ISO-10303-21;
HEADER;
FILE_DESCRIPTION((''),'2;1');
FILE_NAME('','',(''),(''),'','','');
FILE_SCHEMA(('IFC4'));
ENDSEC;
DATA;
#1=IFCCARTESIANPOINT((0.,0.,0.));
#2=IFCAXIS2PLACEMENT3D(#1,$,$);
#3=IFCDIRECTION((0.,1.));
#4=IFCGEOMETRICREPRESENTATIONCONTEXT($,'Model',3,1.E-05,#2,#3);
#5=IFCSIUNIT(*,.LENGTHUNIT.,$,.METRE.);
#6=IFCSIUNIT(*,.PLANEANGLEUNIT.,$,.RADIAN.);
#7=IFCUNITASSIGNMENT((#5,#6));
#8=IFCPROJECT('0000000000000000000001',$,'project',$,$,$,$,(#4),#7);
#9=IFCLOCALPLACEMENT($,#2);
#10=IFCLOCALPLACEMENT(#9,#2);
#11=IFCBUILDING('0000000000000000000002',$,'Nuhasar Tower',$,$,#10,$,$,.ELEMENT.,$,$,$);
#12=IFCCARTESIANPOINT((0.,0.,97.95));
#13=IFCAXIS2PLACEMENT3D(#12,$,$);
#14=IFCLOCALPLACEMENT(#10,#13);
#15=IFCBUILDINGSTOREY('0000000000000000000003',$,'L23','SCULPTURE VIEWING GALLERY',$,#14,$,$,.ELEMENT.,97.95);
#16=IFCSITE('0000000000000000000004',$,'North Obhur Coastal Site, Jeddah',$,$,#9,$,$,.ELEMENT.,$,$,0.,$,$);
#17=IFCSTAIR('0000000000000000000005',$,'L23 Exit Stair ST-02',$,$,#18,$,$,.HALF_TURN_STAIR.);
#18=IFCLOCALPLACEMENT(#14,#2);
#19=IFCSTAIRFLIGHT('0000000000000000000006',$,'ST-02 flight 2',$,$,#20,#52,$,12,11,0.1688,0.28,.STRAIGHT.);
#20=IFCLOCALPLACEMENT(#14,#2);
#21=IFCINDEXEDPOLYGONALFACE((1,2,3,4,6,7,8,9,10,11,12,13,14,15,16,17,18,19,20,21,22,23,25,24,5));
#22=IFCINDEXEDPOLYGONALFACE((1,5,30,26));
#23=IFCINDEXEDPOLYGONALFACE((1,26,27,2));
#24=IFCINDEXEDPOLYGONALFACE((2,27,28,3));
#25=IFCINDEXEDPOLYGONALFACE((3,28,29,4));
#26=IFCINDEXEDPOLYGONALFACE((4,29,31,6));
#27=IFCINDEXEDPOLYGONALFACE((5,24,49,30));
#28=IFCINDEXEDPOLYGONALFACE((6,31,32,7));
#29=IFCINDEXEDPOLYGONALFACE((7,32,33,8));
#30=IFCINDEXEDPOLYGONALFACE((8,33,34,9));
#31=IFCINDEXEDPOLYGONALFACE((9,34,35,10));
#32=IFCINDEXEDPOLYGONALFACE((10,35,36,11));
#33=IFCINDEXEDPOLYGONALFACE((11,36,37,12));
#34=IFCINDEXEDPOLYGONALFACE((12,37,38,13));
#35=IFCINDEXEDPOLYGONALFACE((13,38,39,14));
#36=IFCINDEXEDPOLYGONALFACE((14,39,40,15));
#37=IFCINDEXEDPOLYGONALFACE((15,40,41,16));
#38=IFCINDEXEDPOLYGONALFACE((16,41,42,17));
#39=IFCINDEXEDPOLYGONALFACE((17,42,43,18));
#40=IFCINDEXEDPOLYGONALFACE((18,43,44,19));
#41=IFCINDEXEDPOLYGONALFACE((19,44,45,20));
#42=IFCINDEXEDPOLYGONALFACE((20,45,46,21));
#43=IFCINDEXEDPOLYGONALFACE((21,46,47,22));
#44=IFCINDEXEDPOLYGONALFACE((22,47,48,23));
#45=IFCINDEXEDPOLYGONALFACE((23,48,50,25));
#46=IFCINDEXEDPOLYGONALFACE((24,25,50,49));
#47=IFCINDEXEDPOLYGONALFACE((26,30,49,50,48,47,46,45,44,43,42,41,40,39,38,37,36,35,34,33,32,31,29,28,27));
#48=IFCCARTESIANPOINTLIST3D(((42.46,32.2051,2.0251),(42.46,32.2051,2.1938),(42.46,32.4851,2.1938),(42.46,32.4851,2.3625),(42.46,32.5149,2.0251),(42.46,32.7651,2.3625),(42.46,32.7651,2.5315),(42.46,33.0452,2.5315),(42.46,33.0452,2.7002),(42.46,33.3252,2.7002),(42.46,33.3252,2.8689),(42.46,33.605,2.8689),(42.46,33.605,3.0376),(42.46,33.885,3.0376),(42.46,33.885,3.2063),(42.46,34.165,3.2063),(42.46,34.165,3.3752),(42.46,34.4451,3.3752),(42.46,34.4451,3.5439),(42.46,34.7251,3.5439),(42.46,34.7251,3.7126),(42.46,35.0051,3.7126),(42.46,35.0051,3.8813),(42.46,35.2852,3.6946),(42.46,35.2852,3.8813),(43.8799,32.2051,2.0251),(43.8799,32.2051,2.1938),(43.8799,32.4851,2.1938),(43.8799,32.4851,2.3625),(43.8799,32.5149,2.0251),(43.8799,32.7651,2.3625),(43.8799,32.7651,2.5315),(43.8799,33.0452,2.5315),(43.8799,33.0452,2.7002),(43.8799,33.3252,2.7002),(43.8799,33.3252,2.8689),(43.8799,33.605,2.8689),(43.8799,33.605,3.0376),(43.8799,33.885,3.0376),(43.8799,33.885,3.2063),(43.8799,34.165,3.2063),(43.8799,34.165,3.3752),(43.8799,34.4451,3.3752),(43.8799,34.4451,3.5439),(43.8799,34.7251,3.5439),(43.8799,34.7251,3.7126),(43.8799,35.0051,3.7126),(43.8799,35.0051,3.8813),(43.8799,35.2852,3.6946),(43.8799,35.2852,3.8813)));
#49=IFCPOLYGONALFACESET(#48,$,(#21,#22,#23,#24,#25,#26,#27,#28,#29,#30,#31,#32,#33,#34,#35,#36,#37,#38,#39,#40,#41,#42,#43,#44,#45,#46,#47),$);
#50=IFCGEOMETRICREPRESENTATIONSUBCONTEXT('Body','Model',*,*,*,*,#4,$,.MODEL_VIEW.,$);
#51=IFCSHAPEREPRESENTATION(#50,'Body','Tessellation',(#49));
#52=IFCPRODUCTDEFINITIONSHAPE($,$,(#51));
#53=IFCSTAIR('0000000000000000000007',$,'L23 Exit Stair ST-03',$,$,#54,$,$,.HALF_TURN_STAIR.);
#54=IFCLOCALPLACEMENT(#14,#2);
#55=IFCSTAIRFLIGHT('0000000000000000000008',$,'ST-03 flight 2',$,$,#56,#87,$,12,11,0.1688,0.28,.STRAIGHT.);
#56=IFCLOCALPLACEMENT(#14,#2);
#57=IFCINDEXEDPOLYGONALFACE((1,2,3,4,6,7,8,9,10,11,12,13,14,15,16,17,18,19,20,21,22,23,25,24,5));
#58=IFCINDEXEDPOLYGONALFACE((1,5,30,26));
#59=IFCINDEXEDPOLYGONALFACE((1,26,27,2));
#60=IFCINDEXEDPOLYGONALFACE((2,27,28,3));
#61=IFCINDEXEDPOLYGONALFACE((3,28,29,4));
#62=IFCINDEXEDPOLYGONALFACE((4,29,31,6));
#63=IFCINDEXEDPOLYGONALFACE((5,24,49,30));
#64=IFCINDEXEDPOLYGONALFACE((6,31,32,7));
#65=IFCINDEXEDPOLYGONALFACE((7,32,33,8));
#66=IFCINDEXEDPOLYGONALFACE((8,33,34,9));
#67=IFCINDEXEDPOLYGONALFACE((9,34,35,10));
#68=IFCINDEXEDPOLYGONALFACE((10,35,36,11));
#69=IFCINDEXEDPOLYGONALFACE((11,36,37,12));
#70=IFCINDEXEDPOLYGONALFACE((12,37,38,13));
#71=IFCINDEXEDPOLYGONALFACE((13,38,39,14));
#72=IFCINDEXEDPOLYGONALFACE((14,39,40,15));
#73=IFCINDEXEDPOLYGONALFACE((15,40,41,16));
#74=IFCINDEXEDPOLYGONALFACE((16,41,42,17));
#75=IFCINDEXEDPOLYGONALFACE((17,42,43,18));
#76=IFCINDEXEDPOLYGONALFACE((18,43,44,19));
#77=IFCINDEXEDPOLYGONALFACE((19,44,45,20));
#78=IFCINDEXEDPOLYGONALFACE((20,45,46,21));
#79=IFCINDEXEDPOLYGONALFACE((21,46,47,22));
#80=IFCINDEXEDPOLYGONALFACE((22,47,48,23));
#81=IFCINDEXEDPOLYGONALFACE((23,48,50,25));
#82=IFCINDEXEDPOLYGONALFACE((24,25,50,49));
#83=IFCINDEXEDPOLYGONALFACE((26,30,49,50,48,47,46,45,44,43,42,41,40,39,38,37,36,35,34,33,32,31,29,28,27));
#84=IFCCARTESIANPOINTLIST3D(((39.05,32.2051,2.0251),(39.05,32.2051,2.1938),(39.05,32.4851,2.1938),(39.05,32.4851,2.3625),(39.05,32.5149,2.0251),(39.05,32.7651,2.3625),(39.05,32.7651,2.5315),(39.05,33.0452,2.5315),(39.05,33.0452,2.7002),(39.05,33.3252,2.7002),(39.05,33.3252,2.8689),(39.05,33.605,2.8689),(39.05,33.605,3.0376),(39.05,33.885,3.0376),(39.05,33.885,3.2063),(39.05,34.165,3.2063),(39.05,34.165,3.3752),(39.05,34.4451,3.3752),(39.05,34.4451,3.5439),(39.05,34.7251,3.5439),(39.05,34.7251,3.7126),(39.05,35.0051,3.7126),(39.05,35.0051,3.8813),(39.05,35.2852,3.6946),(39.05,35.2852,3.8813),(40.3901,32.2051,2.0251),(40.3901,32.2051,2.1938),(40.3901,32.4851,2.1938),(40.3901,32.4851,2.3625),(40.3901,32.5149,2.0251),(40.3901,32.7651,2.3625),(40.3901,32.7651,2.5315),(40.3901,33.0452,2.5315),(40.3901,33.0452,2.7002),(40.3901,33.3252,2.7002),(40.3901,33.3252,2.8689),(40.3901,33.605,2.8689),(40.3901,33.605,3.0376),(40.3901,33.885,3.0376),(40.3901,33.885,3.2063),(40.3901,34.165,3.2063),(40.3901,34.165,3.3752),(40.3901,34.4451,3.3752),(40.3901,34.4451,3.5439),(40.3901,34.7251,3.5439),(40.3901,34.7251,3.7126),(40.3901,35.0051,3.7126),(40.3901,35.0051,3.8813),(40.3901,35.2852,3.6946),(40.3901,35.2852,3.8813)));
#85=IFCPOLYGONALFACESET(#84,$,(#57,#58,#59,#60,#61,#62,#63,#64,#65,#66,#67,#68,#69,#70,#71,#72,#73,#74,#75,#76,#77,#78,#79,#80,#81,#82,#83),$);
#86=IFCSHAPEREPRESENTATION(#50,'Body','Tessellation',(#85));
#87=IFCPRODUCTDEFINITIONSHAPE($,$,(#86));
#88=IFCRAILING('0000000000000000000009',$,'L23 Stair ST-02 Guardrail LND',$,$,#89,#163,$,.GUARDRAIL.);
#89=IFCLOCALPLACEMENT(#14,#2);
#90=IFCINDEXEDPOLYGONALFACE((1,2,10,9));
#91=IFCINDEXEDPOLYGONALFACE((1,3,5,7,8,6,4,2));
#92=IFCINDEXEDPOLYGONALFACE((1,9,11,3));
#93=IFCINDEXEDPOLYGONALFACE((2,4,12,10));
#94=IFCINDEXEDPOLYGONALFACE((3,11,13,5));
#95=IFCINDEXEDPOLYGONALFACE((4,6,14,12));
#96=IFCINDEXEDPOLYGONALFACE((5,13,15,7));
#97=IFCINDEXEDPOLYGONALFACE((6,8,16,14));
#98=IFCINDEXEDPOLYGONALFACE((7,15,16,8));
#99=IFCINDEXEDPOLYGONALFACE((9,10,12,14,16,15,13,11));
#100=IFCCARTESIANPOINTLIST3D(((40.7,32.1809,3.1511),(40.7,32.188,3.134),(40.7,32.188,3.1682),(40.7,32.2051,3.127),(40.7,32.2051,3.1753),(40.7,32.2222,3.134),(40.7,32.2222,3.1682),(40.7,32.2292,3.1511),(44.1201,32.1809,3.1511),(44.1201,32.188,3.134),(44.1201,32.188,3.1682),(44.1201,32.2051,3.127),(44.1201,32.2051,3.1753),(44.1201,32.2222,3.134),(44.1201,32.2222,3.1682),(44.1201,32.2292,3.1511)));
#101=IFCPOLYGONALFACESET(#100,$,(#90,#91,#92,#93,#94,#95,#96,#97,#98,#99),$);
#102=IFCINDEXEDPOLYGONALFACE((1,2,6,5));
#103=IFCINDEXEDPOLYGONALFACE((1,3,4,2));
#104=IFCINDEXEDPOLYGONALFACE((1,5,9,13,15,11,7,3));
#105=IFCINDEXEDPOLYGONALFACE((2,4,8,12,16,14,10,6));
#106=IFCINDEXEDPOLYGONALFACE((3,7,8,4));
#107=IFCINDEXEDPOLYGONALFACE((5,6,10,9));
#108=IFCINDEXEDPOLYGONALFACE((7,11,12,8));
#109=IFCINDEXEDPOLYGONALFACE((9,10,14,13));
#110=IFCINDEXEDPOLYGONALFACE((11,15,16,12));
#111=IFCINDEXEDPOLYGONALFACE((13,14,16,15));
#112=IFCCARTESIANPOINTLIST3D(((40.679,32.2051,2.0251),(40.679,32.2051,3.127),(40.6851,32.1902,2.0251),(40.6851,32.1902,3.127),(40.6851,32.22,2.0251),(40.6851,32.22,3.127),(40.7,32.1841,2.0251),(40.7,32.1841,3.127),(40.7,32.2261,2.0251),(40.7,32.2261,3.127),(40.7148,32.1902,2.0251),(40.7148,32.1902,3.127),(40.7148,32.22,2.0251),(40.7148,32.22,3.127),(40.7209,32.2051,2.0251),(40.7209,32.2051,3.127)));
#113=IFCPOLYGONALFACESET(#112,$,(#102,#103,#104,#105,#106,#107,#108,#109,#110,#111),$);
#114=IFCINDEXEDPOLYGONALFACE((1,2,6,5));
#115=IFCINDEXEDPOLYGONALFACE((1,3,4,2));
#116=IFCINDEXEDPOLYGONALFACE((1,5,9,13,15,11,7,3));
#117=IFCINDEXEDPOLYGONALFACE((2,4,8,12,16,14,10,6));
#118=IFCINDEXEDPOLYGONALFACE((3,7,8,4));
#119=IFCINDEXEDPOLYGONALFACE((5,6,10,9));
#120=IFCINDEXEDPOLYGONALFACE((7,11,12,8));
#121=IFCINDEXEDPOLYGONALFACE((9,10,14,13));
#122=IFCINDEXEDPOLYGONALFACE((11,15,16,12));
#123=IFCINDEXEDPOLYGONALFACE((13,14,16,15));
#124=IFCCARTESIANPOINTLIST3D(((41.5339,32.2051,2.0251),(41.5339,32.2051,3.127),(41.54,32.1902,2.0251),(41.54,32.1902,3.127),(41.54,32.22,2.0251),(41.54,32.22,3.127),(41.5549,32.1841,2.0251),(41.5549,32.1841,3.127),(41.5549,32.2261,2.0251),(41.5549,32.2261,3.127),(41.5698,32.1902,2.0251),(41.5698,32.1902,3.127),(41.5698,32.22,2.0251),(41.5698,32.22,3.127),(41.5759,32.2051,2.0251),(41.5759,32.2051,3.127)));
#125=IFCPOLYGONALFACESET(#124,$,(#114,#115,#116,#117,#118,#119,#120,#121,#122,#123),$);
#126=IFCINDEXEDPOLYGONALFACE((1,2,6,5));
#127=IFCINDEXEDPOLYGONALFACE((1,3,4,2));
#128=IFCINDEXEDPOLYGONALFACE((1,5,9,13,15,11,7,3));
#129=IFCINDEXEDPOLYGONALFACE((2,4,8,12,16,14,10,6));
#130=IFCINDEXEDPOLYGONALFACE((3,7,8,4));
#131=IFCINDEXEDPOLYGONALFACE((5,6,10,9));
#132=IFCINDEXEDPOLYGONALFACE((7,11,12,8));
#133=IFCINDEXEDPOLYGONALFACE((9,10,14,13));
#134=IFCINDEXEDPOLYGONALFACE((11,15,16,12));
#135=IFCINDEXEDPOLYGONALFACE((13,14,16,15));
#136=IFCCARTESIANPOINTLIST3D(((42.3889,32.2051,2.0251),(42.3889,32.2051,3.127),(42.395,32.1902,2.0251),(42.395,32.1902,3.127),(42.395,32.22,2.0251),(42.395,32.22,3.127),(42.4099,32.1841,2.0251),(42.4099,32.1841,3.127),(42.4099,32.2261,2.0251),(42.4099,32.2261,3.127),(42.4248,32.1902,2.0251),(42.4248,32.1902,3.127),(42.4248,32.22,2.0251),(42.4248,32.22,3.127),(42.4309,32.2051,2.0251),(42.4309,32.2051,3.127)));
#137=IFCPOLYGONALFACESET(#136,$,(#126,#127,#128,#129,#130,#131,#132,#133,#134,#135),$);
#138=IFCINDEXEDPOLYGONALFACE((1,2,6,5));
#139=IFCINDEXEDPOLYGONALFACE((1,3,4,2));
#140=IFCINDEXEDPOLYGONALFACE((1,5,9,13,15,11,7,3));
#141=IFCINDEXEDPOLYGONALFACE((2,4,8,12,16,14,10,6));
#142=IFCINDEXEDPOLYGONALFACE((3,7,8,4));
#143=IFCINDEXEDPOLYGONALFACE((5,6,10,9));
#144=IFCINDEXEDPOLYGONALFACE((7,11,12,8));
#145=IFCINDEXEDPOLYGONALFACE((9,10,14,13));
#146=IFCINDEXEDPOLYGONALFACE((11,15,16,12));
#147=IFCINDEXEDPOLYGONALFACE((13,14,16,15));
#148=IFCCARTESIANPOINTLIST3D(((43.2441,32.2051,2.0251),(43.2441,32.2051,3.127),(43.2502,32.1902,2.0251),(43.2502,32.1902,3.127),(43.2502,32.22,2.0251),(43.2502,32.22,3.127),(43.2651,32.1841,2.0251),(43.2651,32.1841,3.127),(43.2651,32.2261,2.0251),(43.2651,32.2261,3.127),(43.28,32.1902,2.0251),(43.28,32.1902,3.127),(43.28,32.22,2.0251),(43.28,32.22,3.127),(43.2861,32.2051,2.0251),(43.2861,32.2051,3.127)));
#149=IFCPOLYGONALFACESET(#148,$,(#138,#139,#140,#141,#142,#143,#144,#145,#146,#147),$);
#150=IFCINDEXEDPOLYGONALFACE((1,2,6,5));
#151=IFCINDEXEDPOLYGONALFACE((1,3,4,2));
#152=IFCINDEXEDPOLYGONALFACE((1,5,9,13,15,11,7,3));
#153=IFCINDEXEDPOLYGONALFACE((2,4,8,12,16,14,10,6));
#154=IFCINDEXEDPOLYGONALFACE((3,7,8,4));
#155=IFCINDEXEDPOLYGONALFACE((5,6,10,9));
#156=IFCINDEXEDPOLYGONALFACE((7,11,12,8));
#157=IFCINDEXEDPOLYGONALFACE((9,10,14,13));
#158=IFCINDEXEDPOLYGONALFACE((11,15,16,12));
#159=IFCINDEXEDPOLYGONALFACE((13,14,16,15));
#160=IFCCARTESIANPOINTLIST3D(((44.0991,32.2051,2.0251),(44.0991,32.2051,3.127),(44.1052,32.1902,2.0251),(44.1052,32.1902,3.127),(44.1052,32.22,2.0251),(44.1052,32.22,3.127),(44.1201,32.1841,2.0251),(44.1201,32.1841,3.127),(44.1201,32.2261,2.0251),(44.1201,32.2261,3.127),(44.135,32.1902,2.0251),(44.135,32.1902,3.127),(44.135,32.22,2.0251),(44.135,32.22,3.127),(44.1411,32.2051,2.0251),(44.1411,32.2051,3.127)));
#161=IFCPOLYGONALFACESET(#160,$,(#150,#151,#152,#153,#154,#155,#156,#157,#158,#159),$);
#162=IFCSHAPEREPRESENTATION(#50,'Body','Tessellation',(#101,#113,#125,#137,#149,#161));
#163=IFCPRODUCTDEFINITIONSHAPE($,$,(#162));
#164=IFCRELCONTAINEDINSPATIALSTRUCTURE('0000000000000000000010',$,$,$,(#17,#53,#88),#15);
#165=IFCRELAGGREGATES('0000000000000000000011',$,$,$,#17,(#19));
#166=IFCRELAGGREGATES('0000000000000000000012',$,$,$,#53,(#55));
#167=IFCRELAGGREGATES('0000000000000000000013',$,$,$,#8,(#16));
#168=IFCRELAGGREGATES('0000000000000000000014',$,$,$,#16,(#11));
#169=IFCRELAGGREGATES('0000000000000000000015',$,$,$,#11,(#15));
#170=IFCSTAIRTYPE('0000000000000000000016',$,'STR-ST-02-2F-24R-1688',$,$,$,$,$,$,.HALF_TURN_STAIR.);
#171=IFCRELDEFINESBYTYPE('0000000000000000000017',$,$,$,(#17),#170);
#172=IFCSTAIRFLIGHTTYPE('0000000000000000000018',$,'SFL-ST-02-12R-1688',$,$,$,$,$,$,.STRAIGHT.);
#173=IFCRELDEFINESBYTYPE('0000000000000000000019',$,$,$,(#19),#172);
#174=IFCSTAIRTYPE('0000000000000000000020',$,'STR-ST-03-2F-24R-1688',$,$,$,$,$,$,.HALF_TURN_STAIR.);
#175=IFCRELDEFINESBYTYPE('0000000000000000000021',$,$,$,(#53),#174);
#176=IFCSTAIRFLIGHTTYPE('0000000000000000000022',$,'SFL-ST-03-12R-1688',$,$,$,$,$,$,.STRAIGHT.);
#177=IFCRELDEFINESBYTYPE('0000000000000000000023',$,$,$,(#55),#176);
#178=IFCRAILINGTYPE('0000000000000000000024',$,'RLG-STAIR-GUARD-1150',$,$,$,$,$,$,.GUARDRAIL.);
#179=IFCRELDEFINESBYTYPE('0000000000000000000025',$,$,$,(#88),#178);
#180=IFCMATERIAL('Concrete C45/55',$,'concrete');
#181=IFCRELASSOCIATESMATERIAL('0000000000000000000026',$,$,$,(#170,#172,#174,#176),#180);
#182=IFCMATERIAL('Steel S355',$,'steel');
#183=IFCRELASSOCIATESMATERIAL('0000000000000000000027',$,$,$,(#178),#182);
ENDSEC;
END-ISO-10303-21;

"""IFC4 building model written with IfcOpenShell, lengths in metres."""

from ifc_helpers import new_model, si_unit, direction, frame, origin, place, context, subcontext, project, spatial, polyline, outline, extrude, material, type_object, element, aggregate, save


model = new_model("IFC4")

# Units and contexts
model_context = context("Model", 3, precision=1e-05, world=origin(), true_north=direction((0.0, 1.0)))
body_context = subcontext(model_context, "Body", "Model", "MODEL_VIEW")
ifc_project = project(units=[si_unit("LENGTHUNIT", "METRE"), si_unit("PLANEANGLEUNIT", "RADIAN")], contexts=[model_context])

# Site, building, storey
site_placement = place(None, origin())
site = spatial("IfcSite", under=ifc_project, at=site_placement, Name="North Obhur Coastal Site, Jeddah", CompositionType="ELEMENT", RefElevation=0.0)
building_placement = place(site_placement, origin())
building = spatial("IfcBuilding", under=site, at=building_placement, Name="Nuhasar Tower", CompositionType="ELEMENT")
storey_placement = place(building_placement, frame((0.0, 0.0, 97.95)))
storey = spatial("IfcBuildingStorey", under=building, at=storey_placement, Name="L23", Description="SCULPTURE VIEWING GALLERY", CompositionType="ELEMENT", Elevation=97.95)

# Shared definitions
ifc_material_1 = material(Name="Concrete C45/55", Category="concrete")

# Shared definitions
ifc_material_2 = material(Name="Steel S355", Category="steel")

# Stairs, stair flights
stair_type_1 = type_object("IfcStairType", Name="STR-ST-02-2F-24R-1688", PredefinedType="HALF_TURN_STAIR", material=ifc_material_1)
stair_1_placement = place(storey_placement, origin())
stair_1 = element("IfcStair", 1, at=stair_1_placement, inside=storey, type_object=stair_type_1, Name="L23 Exit Stair ST-02", PredefinedType="HALF_TURN_STAIR")
stair_flight_type_1 = type_object("IfcStairFlightType", Name="SFL-ST-02-12R-1688", PredefinedType="STRAIGHT", material=ifc_material_1)
stair_flight_1_placement = place(storey_placement, frame((43.1699, 32.2051, 2.0251), z_axis=(0.0, 0.0, 1.0), x_axis=(0.0, 1.0, 0.0)))
stair_flight_1 = element("IfcStairFlight", 2, at=stair_flight_1_placement, type_object=stair_flight_type_1, Name="ST-02 flight 2", NumberOfRisers=12, NumberOfTreads=11, PredefinedType="STRAIGHT", RiserHeight=0.1688, TreadLength=0.28, context=body_context, shape_type="SweptSolid", body=[
    extrude(outline(polyline([(0.0, 0.0), (0.0, 0.1687), (0.28, 0.1687), (0.28, 0.3374), (0.5601, 0.3374), (0.5601, 0.5063), (0.8401, 0.5063), (0.8401, 0.675), (1.1201, 0.675), (1.1201, 0.8438), (1.3999, 0.8438), (1.3999, 1.0125), (1.6799, 1.0125), (1.6799, 1.1812), (1.96, 1.1812), (1.96, 1.3501), (2.24, 1.3501), (2.24, 1.5188), (2.52, 1.5188), (2.52, 1.6875), (2.8, 1.6875), (2.8, 1.8562), (3.0801, 1.8562), (3.0801, 2.0249), (3.0801, 1.6694), (0.3098, 0.0), (0.0, 0.0)])), frame((0.0, 0.71, 0.0), z_axis=(0.0, -1.0, 0.0), x_axis=(1.0, 0.0, 0.0)), (0.0, 0.0, 1.0), 1.4199),
])
aggregate(stair_1, [stair_flight_1])
stair_type_2 = type_object("IfcStairType", Name="STR-ST-03-2F-24R-1688", PredefinedType="HALF_TURN_STAIR", material=ifc_material_1)
stair_2_placement = place(storey_placement, origin())
stair_2 = element("IfcStair", 3, at=stair_2_placement, inside=storey, type_object=stair_type_2, Name="L23 Exit Stair ST-03", PredefinedType="HALF_TURN_STAIR")
stair_flight_type_2 = type_object("IfcStairFlightType", Name="SFL-ST-03-12R-1688", PredefinedType="STRAIGHT", material=ifc_material_1)
stair_flight_2_placement = place(storey_placement, frame((39.72, 32.2051, 2.0251), z_axis=(0.0, 0.0, 1.0), x_axis=(0.0, 1.0, 0.0)))
stair_flight_2 = element("IfcStairFlight", 4, at=stair_flight_2_placement, type_object=stair_flight_type_2, Name="ST-03 flight 2", NumberOfRisers=12, NumberOfTreads=11, PredefinedType="STRAIGHT", RiserHeight=0.1688, TreadLength=0.28, context=body_context, shape_type="SweptSolid", body=[
    extrude(outline(polyline([(0.0, 0.0), (0.0, 0.1687), (0.28, 0.1687), (0.28, 0.3374), (0.5601, 0.3374), (0.5601, 0.5063), (0.8401, 0.5063), (0.8401, 0.675), (1.1201, 0.675), (1.1201, 0.8438), (1.3999, 0.8438), (1.3999, 1.0125), (1.6799, 1.0125), (1.6799, 1.1812), (1.96, 1.1812), (1.96, 1.3501), (2.24, 1.3501), (2.24, 1.5188), (2.52, 1.5188), (2.52, 1.6875), (2.8, 1.6875), (2.8, 1.8562), (3.0801, 1.8562), (3.0801, 2.0249), (3.0801, 1.6694), (0.3098, 0.0), (0.0, 0.0)])), frame((0.0, 0.6699, 0.0), z_axis=(0.0, -1.0, 0.0), x_axis=(1.0, 0.0, 0.0)), (0.0, 0.0, 1.0), 1.3401),
])
aggregate(stair_2, [stair_flight_2])

# Railing
railing_type = type_object("IfcRailingType", Name="RLG-STAIR-GUARD-1150", PredefinedType="GUARDRAIL", material=ifc_material_2)
railing_placement = place(storey_placement, frame((40.7, 32.2051, 2.0251)))
element("IfcRailing", 5, at=railing_placement, inside=storey, type_object=railing_type, Name="L23 Stair ST-02 Guardrail LND", PredefinedType="GUARDRAIL", context=body_context, shape_type="SweptSolid", body=[
    extrude(outline(polyline([(0.0242, 0.0), (0.0171, 0.0171), (0.0, 0.0242), (-0.0171, 0.0171), (-0.0242, 0.0), (-0.0171, -0.0171), (0.0, -0.0242), (0.0171, -0.0171), (0.0242, 0.0)])), frame((0.0, 0.0, 1.126), z_axis=(1.0, 0.0, 0.0), x_axis=(0.0, 1.0, 0.0)), (0.0, 0.0, 1.0), 3.4202),
    extrude(outline(polyline([(0.021, 0.0), (0.0149, 0.0149), (0.0, 0.021), (-0.0149, 0.0149), (-0.021, 0.0), (-0.0149, -0.0149), (0.0, -0.021), (0.0149, -0.0149), (0.021, 0.0)])), origin(), (0.0, 0.0, 1.0), 1.1018),
    extrude(outline(polyline([(0.021, 0.0), (0.0149, 0.0149), (0.0, 0.021), (-0.0149, 0.0149), (-0.021, 0.0), (-0.0149, -0.0149), (0.0, -0.021), (0.0149, -0.0149), (0.021, 0.0)])), frame((0.855, 0.0, 0.0)), (0.0, 0.0, 1.0), 1.1018),
    extrude(outline(polyline([(0.021, 0.0), (0.0149, 0.0149), (0.0, 0.021), (-0.0149, 0.0149), (-0.021, 0.0), (-0.0149, -0.0149), (0.0, -0.021), (0.0149, -0.0149), (0.021, 0.0)])), frame((1.71, 0.0, 0.0)), (0.0, 0.0, 1.0), 1.1018),
    extrude(outline(polyline([(0.021, 0.0), (0.0149, 0.0149), (0.0, 0.021), (-0.0149, 0.0149), (-0.021, 0.0), (-0.0149, -0.0149), (0.0, -0.021), (0.0149, -0.0149), (0.021, 0.0)])), frame((2.5652, 0.0, 0.0)), (0.0, 0.0, 1.0), 1.1018),
    extrude(outline(polyline([(0.021, 0.0), (0.0149, 0.0149), (0.0, 0.021), (-0.0149, 0.0149), (-0.021, 0.0), (-0.0149, -0.0149), (0.0, -0.021), (0.0149, -0.0149), (0.021, 0.0)])), frame((3.4202, 0.0, 0.0)), (0.0, 0.0, 1.0), 1.1018),
])

save(model, "model.ifc")
